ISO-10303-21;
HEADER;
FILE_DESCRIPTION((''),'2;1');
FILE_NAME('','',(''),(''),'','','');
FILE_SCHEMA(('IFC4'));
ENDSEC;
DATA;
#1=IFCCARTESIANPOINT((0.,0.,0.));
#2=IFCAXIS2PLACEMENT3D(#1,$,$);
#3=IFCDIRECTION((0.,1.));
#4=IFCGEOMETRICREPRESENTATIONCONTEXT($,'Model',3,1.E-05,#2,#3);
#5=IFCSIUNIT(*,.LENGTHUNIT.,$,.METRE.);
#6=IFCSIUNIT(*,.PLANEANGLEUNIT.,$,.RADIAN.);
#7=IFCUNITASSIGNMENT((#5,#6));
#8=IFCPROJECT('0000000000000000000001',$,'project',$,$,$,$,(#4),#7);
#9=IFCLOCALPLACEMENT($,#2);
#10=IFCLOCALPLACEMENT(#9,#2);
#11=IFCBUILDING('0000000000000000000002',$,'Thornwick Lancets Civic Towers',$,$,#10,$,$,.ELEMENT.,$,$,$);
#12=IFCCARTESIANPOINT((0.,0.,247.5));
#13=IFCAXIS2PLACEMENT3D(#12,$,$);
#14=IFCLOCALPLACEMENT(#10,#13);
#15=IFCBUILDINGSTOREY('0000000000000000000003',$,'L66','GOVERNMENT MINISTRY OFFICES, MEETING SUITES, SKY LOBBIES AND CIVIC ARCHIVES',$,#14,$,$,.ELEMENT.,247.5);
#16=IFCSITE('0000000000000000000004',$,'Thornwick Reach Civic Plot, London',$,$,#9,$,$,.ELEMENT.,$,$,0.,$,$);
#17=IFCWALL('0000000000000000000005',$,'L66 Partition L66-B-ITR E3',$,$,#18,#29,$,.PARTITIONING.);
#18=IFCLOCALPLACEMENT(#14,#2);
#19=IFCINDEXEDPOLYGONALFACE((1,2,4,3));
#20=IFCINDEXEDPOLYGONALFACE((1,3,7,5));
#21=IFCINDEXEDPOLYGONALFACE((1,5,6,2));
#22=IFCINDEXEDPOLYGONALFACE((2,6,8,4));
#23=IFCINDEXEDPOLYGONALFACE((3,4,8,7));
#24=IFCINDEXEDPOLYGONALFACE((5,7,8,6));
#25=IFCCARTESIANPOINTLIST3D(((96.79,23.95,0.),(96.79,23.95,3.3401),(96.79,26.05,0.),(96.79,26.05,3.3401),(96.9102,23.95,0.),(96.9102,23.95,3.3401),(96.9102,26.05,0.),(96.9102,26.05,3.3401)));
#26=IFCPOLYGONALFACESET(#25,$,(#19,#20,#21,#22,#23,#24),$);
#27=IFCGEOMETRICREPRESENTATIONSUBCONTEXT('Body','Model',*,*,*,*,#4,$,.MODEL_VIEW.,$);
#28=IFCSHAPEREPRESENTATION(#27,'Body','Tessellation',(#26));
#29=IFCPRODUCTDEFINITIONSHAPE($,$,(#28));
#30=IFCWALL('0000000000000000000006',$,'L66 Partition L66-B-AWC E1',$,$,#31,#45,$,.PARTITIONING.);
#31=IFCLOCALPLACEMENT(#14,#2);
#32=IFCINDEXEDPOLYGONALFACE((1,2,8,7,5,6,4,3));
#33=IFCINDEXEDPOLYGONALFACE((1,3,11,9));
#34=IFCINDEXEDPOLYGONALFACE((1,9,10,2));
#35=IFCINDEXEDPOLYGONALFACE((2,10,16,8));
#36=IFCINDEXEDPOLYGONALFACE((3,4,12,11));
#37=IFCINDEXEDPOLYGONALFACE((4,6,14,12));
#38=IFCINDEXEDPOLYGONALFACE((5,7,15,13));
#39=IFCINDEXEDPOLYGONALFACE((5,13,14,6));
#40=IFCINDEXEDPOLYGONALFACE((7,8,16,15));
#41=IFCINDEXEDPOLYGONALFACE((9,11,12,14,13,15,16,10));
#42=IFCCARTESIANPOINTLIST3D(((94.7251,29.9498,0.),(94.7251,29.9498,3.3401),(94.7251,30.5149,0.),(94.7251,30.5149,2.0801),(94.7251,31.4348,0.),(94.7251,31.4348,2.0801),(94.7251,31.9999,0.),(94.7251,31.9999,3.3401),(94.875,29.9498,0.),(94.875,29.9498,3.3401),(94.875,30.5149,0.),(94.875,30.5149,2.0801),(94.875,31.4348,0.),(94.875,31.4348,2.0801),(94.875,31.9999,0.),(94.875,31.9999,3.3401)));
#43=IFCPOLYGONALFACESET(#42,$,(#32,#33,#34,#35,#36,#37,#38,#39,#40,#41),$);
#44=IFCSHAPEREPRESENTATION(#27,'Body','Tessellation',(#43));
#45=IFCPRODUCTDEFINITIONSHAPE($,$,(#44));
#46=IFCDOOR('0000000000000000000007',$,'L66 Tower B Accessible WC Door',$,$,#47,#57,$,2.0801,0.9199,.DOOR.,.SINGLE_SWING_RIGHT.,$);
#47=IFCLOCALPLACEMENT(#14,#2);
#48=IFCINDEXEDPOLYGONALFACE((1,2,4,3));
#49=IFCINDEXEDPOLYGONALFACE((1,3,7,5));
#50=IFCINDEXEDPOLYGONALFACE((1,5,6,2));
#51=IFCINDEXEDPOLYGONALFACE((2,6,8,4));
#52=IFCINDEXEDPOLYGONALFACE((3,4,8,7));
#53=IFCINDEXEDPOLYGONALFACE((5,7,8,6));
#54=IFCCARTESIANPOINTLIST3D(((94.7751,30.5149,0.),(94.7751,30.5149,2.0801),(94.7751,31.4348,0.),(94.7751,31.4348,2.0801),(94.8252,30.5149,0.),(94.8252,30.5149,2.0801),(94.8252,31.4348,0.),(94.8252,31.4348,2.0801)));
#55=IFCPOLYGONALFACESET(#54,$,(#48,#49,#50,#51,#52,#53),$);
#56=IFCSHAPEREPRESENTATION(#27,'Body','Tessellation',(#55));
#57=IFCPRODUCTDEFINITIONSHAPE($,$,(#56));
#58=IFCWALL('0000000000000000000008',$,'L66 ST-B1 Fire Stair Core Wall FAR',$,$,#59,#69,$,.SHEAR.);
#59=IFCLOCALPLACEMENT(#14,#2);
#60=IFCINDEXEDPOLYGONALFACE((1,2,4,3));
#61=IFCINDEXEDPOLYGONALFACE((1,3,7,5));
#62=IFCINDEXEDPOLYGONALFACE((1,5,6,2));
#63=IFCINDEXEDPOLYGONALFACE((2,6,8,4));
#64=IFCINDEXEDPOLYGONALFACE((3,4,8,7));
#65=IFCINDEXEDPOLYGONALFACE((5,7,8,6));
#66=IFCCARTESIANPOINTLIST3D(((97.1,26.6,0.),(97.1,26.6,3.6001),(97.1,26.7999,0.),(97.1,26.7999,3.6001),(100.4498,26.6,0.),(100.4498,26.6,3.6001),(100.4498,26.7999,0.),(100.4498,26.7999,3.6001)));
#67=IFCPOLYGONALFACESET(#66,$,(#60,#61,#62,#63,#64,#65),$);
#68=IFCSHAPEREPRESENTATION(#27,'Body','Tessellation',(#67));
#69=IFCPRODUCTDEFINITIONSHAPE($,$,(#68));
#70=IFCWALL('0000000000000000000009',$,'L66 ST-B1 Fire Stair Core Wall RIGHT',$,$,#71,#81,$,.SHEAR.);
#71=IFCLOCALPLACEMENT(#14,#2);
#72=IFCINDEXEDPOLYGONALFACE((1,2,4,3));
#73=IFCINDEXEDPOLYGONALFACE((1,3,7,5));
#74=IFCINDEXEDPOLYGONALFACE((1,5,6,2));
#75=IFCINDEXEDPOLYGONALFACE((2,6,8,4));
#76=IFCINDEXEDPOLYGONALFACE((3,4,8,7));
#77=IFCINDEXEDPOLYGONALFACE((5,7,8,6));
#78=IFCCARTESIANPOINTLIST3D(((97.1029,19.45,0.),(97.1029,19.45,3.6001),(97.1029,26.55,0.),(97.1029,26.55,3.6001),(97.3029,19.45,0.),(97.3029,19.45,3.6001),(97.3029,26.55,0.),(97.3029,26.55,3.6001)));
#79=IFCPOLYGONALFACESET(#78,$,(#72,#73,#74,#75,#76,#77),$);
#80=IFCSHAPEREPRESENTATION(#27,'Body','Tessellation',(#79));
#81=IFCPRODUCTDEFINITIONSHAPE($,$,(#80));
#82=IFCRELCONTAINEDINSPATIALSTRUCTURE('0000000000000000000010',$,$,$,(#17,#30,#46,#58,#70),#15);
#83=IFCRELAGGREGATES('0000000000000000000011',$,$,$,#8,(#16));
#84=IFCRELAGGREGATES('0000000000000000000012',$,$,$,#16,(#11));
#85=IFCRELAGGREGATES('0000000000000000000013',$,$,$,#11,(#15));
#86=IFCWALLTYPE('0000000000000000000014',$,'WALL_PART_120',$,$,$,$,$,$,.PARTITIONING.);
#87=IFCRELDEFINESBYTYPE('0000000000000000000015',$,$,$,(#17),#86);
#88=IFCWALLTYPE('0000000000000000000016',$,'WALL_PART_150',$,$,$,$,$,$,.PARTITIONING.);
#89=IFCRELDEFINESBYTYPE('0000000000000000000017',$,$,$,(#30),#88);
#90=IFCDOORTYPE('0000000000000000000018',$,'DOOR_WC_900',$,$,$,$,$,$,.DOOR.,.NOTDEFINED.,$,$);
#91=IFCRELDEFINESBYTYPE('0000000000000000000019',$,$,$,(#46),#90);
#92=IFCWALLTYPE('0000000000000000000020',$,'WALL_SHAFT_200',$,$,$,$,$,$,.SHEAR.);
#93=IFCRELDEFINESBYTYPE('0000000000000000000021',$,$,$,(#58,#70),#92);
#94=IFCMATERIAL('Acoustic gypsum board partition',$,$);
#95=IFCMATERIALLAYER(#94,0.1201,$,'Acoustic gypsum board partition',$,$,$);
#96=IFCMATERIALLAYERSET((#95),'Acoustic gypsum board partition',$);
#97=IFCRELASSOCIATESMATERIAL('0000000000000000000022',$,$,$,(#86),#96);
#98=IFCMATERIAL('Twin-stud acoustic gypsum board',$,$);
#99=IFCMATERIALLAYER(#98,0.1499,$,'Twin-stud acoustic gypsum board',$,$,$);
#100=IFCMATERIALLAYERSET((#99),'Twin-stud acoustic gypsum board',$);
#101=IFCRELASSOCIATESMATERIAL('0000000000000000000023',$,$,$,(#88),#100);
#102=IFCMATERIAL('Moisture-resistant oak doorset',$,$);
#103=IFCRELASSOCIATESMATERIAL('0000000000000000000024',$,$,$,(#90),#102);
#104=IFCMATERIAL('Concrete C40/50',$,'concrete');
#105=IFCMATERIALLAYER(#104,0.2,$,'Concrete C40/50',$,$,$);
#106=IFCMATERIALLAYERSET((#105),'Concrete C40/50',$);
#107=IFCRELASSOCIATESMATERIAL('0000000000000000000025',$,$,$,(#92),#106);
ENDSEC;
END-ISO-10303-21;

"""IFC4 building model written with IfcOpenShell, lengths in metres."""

from ifc_helpers import new_model, si_unit, direction, frame, frame_2d, origin, place, context, subcontext, project, spatial, rectangle, extrude, material, layer, layer_set, type_object, element, fill, save


model = new_model("IFC4")

# Units and contexts
model_context = context("Model", 3, precision=1e-05, world=origin(), true_north=direction((0.0, 1.0)))
body_context = subcontext(model_context, "Body", "Model", "MODEL_VIEW")
ifc_project = project(units=[si_unit("LENGTHUNIT", "METRE"), si_unit("PLANEANGLEUNIT", "RADIAN")], contexts=[model_context])

# Site, building, storey
site_placement = place(None, origin())
site = spatial("IfcSite", under=ifc_project, at=site_placement, Name="Thornwick Reach Civic Plot, London", CompositionType="ELEMENT", RefElevation=0.0)
building_placement = place(site_placement, origin())
building = spatial("IfcBuilding", under=site, at=building_placement, Name="Thornwick Lancets Civic Towers", CompositionType="ELEMENT")
storey_placement = place(building_placement, frame((0.0, 0.0, 247.5)))
storey = spatial("IfcBuildingStorey", under=building, at=storey_placement, Name="L66", Description="GOVERNMENT MINISTRY OFFICES, MEETING SUITES, SKY LOBBIES AND CIVIC ARCHIVES", CompositionType="ELEMENT", Elevation=247.5)

# Wall
ifc_material_1 = material(Name="Acoustic gypsum board partition")
ifc_layer_1 = layer(ifc_material_1, 0.1201, Name="Acoustic gypsum board partition")
ifc_layer_set_1 = layer_set([ifc_layer_1], Name="Acoustic gypsum board partition")
wall_type_1 = type_object("IfcWallType", Name="WALL_PART_120", PredefinedType="PARTITIONING", material=ifc_layer_set_1)
wall_1_placement = place(storey_placement, frame((96.8501, 26.05, 0.0), z_axis=(0.0, 0.0, 1.0), x_axis=(0.0, -1.0, 0.0)))
element("IfcWall", 1, at=wall_1_placement, inside=storey, type_object=wall_type_1, Name="L66 Partition L66-B-ITR E3", PredefinedType="PARTITIONING", context=body_context, shape_type="SweptSolid", body=[
    extrude(rectangle(XDim=2.1001, YDim=0.1201, at=frame_2d((1.05, 0.0))), origin(), (0.0, 0.0, 1.0), 3.3401),
])

# Wall, opening, door
ifc_material_2 = material(Name="Twin-stud acoustic gypsum board")
ifc_layer_2 = layer(ifc_material_2, 0.1499, Name="Twin-stud acoustic gypsum board")
ifc_layer_set_2 = layer_set([ifc_layer_2], Name="Twin-stud acoustic gypsum board")
wall_type_2 = type_object("IfcWallType", Name="WALL_PART_150", PredefinedType="PARTITIONING", material=ifc_layer_set_2)
wall_2_placement = place(storey_placement, frame((94.8, 29.95, 0.0), z_axis=(0.0, 0.0, 1.0), x_axis=(0.0, 1.0, 0.0)))
wall_2 = element("IfcWall", 2, at=wall_2_placement, inside=storey, type_object=wall_type_2, Name="L66 Partition L66-B-AWC E1", PredefinedType="PARTITIONING", context=body_context, shape_type="SweptSolid", body=[
    extrude(rectangle(XDim=2.05, YDim=0.1499, at=frame_2d((1.0249, 0.0))), origin(), (0.0, 0.0, 1.0), 3.3401),
])
opening_1_placement = place(wall_2_placement, frame((0.5649, 0.0, 0.0)))
opening_1 = element("IfcOpeningElement", 3, at=opening_1_placement, cuts=wall_2, PredefinedType="OPENING", context=body_context, shape_type="SweptSolid", body=[
    extrude(rectangle(XDim=0.9199, YDim=2.0801, at=frame_2d((0.46, 1.04))), frame((0.0, 0.085, 0.0), z_axis=(0.0, -1.0, 0.0), x_axis=(1.0, 0.0, 0.0)), (0.0, 0.0, 1.0), 0.1699),
])
ifc_material_3 = material(Name="Moisture-resistant oak doorset")
door_type_1 = type_object("IfcDoorType", Name="DOOR_WC_900", OperationType="NOTDEFINED", PredefinedType="DOOR", material=ifc_material_3)
door_1_placement = place(opening_1_placement, origin())
door_1 = element("IfcDoor", 4, at=door_1_placement, inside=storey, type_object=door_type_1, Name="L66 Tower B Accessible WC Door", OperationType="SINGLE_SWING_RIGHT", OverallHeight=2.0801, OverallWidth=0.9199, PredefinedType="DOOR", context=body_context, shape_type="SweptSolid", body=[
    extrude(rectangle(XDim=0.9199, YDim=2.0801, at=frame_2d((0.46, 1.04))), frame((0.0, 0.0249, 0.0), z_axis=(0.0, -1.0, 0.0), x_axis=(1.0, 0.0, 0.0)), (0.0, 0.0, 1.0), 0.05),
])
fill(opening_1, door_1)

# Walls
ifc_material_4 = material(Name="Concrete C40/50", Category="concrete")
ifc_layer_3 = layer(ifc_material_4, 0.2, Name="Concrete C40/50")
ifc_layer_set_3 = layer_set([ifc_layer_3], Name="Concrete C40/50")
wall_type_3 = type_object("IfcWallType", Name="WALL_SHAFT_200", PredefinedType="SHEAR", material=ifc_layer_set_3)
wall_3_placement = place(storey_placement, frame((97.1001, 26.7, 0.0), z_axis=(0.0, 0.0, 1.0), x_axis=(1.0, 0.0, 0.0)))
element("IfcWall", 5, at=wall_3_placement, inside=storey, type_object=wall_type_3, Name="L66 ST-B1 Fire Stair Core Wall FAR", PredefinedType="SHEAR", context=body_context, shape_type="SweptSolid", body=[
    extrude(rectangle(XDim=3.3499, YDim=0.2, at=frame_2d((1.6748, 0.0))), origin(), (0.0, 0.0, 1.0), 3.6001),
])
wall_4_placement = place(storey_placement, frame((97.2029, 26.55, 0.0), z_axis=(0.0, 0.0, 1.0), x_axis=(0.0, -1.0, 0.0)))
element("IfcWall", 6, at=wall_4_placement, inside=storey, type_object=wall_type_3, Name="L66 ST-B1 Fire Stair Core Wall RIGHT", PredefinedType="SHEAR", context=body_context, shape_type="SweptSolid", body=[
    extrude(rectangle(XDim=7.1001, YDim=0.2, at=frame_2d((3.55, 0.0))), origin(), (0.0, 0.0, 1.0), 3.6001),
])

save(model, "model.ifc")
